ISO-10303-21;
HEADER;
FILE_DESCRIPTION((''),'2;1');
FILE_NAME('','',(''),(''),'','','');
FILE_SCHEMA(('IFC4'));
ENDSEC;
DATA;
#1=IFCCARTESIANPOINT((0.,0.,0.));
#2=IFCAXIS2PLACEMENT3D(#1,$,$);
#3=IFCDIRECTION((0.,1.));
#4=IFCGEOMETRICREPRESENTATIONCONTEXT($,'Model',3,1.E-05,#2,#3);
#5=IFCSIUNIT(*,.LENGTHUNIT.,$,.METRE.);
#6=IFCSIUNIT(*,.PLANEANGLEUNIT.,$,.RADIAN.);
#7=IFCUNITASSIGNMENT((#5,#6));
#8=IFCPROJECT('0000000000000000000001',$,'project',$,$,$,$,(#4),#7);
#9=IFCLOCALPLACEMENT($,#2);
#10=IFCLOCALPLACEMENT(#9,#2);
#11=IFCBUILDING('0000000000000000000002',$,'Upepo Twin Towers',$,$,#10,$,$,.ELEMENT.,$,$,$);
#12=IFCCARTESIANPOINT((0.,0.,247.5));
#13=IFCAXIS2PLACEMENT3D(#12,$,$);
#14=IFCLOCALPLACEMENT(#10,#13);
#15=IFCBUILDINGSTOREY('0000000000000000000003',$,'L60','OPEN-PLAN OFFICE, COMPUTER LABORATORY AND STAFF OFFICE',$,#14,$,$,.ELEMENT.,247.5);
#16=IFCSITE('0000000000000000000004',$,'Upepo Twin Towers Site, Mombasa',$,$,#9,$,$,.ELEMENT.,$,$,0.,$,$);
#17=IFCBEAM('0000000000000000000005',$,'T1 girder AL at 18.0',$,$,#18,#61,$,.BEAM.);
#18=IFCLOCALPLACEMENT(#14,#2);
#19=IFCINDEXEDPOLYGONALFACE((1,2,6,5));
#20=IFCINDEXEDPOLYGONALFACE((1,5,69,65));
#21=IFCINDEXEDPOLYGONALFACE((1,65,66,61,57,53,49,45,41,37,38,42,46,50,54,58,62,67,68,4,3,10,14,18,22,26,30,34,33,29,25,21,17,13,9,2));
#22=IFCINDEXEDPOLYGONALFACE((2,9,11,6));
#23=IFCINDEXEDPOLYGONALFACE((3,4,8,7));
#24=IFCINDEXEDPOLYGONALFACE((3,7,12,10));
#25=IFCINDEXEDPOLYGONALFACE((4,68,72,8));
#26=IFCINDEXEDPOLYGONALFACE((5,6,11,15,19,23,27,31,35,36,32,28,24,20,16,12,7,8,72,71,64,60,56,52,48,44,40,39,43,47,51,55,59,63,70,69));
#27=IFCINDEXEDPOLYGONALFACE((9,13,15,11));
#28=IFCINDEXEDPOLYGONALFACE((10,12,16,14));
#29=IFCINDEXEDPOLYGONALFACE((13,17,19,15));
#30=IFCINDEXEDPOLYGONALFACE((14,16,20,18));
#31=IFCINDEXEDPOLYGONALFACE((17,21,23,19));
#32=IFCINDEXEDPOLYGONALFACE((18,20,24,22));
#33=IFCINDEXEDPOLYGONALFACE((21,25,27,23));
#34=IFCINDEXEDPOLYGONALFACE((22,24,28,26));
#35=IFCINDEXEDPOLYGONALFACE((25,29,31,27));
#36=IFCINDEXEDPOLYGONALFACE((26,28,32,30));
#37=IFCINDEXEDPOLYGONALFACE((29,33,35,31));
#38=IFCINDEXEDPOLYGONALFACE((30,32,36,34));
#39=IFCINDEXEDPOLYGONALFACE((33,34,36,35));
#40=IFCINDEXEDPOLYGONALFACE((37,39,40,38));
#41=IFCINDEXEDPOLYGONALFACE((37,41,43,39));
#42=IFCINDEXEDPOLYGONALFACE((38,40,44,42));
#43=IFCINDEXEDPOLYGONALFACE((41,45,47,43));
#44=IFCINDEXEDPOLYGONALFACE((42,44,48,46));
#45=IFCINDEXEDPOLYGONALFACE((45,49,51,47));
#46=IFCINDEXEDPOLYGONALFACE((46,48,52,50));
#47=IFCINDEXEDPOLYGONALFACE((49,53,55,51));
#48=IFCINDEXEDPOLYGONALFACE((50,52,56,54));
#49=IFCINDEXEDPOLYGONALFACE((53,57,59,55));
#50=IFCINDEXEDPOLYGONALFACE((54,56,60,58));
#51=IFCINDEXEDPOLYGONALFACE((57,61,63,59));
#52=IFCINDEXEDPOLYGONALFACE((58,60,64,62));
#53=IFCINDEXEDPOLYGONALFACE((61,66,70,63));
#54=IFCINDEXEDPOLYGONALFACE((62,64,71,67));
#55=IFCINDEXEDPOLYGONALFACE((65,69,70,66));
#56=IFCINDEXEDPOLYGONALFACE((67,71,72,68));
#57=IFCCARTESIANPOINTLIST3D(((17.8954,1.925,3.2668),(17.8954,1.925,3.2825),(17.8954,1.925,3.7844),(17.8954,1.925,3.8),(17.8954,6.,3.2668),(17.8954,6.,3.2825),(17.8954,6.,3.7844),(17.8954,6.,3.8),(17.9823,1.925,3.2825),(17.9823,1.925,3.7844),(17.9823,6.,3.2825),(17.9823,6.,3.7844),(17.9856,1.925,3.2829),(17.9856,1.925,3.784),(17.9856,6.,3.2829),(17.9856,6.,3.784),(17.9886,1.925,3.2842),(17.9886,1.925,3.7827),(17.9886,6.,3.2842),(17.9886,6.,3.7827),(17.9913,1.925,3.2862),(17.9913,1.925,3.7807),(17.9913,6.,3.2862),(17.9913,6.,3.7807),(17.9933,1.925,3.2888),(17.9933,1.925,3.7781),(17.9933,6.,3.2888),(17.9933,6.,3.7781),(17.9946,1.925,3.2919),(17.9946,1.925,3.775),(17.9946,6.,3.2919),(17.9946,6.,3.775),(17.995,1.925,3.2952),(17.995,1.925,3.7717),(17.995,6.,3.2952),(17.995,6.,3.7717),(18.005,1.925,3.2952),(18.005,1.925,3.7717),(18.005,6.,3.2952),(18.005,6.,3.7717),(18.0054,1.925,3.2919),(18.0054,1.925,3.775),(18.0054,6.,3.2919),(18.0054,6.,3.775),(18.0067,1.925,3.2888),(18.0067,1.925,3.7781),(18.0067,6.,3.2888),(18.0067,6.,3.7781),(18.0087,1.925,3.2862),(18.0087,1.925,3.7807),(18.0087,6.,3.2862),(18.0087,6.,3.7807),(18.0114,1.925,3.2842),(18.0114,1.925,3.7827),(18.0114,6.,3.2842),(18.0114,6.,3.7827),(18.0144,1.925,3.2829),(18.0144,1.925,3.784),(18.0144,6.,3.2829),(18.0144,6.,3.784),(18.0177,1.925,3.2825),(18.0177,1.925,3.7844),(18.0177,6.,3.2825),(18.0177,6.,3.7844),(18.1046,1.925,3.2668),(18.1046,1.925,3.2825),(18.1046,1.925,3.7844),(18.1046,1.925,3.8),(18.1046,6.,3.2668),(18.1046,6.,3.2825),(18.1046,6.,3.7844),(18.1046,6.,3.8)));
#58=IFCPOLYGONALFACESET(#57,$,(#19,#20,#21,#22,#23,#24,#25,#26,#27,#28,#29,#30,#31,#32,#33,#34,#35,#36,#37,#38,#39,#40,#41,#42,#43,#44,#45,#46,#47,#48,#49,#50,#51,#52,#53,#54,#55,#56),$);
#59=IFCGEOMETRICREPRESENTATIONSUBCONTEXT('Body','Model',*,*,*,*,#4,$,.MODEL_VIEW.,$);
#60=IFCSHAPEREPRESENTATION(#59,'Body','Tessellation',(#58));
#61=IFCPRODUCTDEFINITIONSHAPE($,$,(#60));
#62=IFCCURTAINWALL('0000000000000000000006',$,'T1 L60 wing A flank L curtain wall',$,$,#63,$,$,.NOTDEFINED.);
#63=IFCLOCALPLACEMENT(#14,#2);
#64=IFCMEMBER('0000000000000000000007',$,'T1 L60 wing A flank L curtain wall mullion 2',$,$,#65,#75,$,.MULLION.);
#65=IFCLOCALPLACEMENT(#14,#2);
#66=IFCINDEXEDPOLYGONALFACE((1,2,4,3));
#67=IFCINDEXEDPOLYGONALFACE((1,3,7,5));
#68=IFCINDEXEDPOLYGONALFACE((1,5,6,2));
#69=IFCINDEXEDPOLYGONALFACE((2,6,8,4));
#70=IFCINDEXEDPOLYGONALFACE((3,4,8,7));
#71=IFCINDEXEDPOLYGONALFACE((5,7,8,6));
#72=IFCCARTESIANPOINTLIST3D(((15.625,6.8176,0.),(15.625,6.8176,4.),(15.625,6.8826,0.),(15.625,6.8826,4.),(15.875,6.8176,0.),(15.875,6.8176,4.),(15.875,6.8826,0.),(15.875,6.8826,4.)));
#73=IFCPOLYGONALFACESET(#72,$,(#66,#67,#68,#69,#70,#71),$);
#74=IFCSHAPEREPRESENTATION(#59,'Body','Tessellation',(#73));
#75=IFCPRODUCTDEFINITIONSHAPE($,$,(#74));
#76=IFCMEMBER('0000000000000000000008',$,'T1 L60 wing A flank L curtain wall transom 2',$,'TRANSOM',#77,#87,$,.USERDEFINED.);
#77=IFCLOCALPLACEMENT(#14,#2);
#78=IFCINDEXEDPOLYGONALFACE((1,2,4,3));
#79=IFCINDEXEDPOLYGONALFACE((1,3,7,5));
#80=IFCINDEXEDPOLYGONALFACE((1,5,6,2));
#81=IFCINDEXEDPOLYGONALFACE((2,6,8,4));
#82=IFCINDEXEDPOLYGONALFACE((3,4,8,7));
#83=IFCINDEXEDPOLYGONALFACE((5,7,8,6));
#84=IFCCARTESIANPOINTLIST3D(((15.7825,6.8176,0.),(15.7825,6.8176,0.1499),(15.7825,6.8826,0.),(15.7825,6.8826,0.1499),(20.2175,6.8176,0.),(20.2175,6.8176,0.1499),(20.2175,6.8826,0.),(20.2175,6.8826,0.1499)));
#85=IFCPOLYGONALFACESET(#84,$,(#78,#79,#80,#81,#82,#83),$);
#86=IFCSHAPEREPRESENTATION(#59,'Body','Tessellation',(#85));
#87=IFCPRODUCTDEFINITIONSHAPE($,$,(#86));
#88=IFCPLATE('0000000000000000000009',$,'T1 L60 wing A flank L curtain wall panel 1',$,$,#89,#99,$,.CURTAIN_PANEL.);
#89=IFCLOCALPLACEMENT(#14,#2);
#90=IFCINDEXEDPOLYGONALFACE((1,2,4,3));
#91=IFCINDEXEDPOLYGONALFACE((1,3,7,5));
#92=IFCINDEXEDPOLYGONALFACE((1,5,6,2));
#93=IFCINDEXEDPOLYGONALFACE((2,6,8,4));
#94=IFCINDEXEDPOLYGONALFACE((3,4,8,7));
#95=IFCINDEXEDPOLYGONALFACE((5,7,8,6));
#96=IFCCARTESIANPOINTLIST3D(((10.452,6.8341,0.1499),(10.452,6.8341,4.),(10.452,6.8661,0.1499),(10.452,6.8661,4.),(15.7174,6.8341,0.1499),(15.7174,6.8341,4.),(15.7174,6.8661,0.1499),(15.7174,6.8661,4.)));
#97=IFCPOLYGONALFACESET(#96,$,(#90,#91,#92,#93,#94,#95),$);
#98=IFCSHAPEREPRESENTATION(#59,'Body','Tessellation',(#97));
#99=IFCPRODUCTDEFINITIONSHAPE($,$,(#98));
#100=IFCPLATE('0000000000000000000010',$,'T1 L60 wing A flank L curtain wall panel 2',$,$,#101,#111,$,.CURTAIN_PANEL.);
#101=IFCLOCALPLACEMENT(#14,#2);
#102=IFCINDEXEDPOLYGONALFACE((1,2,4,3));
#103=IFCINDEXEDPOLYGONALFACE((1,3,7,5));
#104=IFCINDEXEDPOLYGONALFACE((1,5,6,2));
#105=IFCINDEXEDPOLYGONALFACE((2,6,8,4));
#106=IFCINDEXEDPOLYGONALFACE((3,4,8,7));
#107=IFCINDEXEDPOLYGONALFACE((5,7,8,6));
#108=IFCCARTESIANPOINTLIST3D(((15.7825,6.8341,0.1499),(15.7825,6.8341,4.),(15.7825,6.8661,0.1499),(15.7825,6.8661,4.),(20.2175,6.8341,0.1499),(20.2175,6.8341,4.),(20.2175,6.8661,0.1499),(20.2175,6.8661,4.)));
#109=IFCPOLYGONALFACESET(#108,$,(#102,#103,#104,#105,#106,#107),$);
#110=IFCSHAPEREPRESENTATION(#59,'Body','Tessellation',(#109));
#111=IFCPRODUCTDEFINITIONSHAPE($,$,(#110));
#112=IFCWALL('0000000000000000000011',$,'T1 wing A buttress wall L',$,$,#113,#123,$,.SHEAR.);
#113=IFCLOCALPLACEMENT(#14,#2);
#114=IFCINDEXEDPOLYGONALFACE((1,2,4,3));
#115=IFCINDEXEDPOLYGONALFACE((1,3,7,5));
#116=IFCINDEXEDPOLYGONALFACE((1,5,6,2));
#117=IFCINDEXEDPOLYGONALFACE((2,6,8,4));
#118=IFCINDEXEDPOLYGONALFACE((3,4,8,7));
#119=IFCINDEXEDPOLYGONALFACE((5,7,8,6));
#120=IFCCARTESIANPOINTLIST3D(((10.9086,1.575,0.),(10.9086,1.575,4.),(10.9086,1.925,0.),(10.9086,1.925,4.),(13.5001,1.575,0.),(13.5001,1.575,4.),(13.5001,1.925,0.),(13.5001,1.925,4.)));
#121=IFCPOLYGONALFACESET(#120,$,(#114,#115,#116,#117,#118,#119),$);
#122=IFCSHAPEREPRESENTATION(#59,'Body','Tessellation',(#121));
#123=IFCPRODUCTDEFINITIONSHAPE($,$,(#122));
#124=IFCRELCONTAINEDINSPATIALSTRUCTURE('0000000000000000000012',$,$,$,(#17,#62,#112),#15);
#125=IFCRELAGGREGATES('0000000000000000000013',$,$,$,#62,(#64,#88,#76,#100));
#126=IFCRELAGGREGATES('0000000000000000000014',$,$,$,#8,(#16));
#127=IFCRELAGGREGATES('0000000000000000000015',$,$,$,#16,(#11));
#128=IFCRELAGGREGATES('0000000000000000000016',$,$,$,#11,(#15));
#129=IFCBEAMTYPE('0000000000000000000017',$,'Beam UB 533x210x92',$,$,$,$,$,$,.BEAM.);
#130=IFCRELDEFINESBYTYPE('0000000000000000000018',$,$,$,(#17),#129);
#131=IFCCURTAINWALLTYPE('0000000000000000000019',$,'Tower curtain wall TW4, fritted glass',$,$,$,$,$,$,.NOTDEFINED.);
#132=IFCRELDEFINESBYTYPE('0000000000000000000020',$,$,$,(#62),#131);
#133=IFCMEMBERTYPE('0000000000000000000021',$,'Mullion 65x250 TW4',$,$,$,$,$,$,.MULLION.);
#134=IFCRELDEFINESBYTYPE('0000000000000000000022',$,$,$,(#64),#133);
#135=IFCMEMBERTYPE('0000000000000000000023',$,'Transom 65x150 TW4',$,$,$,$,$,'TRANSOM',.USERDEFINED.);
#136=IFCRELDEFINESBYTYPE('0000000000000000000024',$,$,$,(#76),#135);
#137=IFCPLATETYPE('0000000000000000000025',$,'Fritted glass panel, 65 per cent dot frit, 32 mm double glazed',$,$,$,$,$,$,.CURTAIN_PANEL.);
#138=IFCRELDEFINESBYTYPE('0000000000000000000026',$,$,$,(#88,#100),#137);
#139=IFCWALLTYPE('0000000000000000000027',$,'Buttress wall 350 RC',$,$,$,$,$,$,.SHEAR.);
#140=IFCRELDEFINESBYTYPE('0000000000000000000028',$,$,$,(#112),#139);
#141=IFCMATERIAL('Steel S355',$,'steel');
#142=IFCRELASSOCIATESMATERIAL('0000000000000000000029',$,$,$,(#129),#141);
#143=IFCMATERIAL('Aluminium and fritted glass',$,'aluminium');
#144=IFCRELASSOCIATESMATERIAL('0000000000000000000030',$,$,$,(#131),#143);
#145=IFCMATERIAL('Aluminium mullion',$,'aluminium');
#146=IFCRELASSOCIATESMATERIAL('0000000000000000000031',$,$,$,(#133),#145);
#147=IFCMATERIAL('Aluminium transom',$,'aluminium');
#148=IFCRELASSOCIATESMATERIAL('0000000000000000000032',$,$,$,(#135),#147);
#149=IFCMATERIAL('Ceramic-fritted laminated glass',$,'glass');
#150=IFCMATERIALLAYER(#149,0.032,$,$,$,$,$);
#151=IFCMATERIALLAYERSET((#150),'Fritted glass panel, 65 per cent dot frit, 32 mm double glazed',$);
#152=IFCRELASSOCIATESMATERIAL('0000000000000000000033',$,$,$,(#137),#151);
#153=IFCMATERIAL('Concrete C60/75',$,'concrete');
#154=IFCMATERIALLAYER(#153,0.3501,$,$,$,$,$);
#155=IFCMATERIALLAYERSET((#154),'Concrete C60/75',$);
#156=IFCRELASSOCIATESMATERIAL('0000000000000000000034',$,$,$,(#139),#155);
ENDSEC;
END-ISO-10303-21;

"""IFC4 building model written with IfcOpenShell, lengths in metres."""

from ifc_helpers import new_model, si_unit, direction, frame, frame_2d, origin, origin_2d, place, context, subcontext, project, spatial, rectangle, i_section, extrude, material, layer, layer_set, material_profile, profile_set, type_object, element, aggregate, save


model = new_model("IFC4")

# Units and contexts
model_context = context("Model", 3, precision=1e-05, world=origin(), true_north=direction((0.0, 1.0)))
body_context = subcontext(model_context, "Body", "Model", "MODEL_VIEW")
ifc_project = project(units=[si_unit("LENGTHUNIT", "METRE"), si_unit("PLANEANGLEUNIT", "RADIAN")], contexts=[model_context])

# Site, building, storey
site_placement = place(None, origin())
site = spatial("IfcSite", under=ifc_project, at=site_placement, Name="Upepo Twin Towers Site, Mombasa", CompositionType="ELEMENT", RefElevation=0.0)
building_placement = place(site_placement, origin())
building = spatial("IfcBuilding", under=site, at=building_placement, Name="Upepo Twin Towers", CompositionType="ELEMENT")
storey_placement = place(building_placement, frame((0.0, 0.0, 247.5)))
storey = spatial("IfcBuildingStorey", under=building, at=storey_placement, Name="L60", Description="OPEN-PLAN OFFICE, COMPUTER LABORATORY AND STAFF OFFICE", CompositionType="ELEMENT", Elevation=247.5)

# Beam
ifc_material_1 = material(Name="Steel S355", Category="steel")
ifc_material_profile_1 = material_profile(ifc_material_1, i_section(OverallWidth=0.2092, OverallDepth=0.5332, WebThickness=0.01, FlangeThickness=0.0156, FilletRadius=0.0127, at=origin_2d()), Name="UB 533x210x92")
ifc_profile_set_1 = profile_set([ifc_material_profile_1], Name="Steel S355")
beam_type_1 = type_object("IfcBeamType", Name="Beam UB 533x210x92", PredefinedType="BEAM", material=ifc_profile_set_1)
for number, where, z_axis, x_axis, name in (
    (1, (18.0, 6.0, 3.5334), (0.0, -1.0, 0.0), (1.0, 0.0, 0.0), "T1 girder AL at 18.0"),
):
    element("IfcBeam", number, at=place(storey_placement, frame(where, z_axis=z_axis, x_axis=x_axis)), inside=storey, type_object=beam_type_1, Name=name, PredefinedType="BEAM", context=body_context, shape_type="SweptSolid", body=[
        extrude(i_section(OverallWidth=0.2092, OverallDepth=0.5332, WebThickness=0.01, FlangeThickness=0.0156, FilletRadius=0.0127, at=origin_2d()), origin(), (0.0, 0.0, 1.0), 4.075),
    ])

# Curtain wall, members, plates
ifc_material_2 = material(Name="Aluminium and fritted glass", Category="aluminium")
curtain_wall_type = type_object("IfcCurtainWallType", Name="Tower curtain wall TW4, fritted glass", PredefinedType="NOTDEFINED", material=ifc_material_2)
curtain_wall_placement = place(storey_placement, origin())
curtain_wall = element("IfcCurtainWall", 2, at=curtain_wall_placement, inside=storey, type_object=curtain_wall_type, Name="T1 L60 wing A flank L curtain wall", PredefinedType="NOTDEFINED")
ifc_material_3 = material(Name="Aluminium mullion", Category="aluminium")
ifc_material_profile_2 = material_profile(ifc_material_3, rectangle(XDim=0.0649, YDim=0.25, at=origin_2d()), Name="MULLION 65x250")
ifc_profile_set_2 = profile_set([ifc_material_profile_2], Name="Aluminium mullion")
member_type_1 = type_object("IfcMemberType", Name="Mullion 65x250 TW4", PredefinedType="MULLION", material=ifc_profile_set_2)
member_1_placement = place(storey_placement, frame((15.75, 6.8501, 0.0), z_axis=(0.0, 0.0, 1.0), x_axis=(0.0, 1.0, 0.0)))
member_1 = element("IfcMember", 3, at=member_1_placement, type_object=member_type_1, Name="T1 L60 wing A flank L curtain wall mullion 2", PredefinedType="MULLION", context=body_context, shape_type="SweptSolid", body=[
    extrude(rectangle(XDim=0.0649, YDim=0.25, at=origin_2d()), origin(), (0.0, 0.0, 1.0), 4.0),
])
ifc_material_4 = material(Name="Aluminium transom", Category="aluminium")
ifc_material_profile_3 = material_profile(ifc_material_4, rectangle(XDim=0.0649, YDim=0.1499, at=origin_2d()), Name="TRANSOM 65x150")
ifc_profile_set_3 = profile_set([ifc_material_profile_3], Name="Aluminium transom")
member_type_2 = type_object("IfcMemberType", Name="Transom 65x150 TW4", ElementType="TRANSOM", PredefinedType="USERDEFINED", material=ifc_profile_set_3)
member_2_placement = place(storey_placement, frame((15.7825, 6.8501, 0.075), z_axis=(1.0, 0.0, 0.0), x_axis=(0.0, 1.0, 0.0)))
member_2 = element("IfcMember", 4, at=member_2_placement, type_object=member_type_2, Name="T1 L60 wing A flank L curtain wall transom 2", ObjectType="TRANSOM", PredefinedType="USERDEFINED", context=body_context, shape_type="SweptSolid", body=[
    extrude(rectangle(XDim=0.0649, YDim=0.1499, at=origin_2d()), origin(), (0.0, 0.0, 1.0), 4.4351),
])
ifc_material_5 = material(Name="Ceramic-fritted laminated glass", Category="glass")
ifc_layer_1 = layer(ifc_material_5, 0.032)
ifc_layer_set_1 = layer_set([ifc_layer_1], Name="Fritted glass panel, 65 per cent dot frit, 32 mm double glazed")
plate_type = type_object("IfcPlateType", Name="Fritted glass panel, 65 per cent dot frit, 32 mm double glazed", PredefinedType="CURTAIN_PANEL", material=ifc_layer_set_1)
plate_1_placement = place(storey_placement, frame((13.0847, 6.8501, 0.1499), z_axis=(0.0, 0.0, 1.0), x_axis=(1.0, 0.0, 0.0)))
plate_1 = element("IfcPlate", 5, at=plate_1_placement, type_object=plate_type, Name="T1 L60 wing A flank L curtain wall panel 1", PredefinedType="CURTAIN_PANEL", context=body_context, shape_type="SweptSolid", body=[
    extrude(rectangle(XDim=5.2654, YDim=0.032, at=origin_2d()), origin(), (0.0, 0.0, 1.0), 3.8501),
])
plate_2_placement = place(storey_placement, frame((18.0, 6.8501, 0.1499), z_axis=(0.0, 0.0, 1.0), x_axis=(1.0, 0.0, 0.0)))
plate_2 = element("IfcPlate", 6, at=plate_2_placement, type_object=plate_type, Name="T1 L60 wing A flank L curtain wall panel 2", PredefinedType="CURTAIN_PANEL", context=body_context, shape_type="SweptSolid", body=[
    extrude(rectangle(XDim=4.4351, YDim=0.032, at=origin_2d()), origin(), (0.0, 0.0, 1.0), 3.8501),
])
aggregate(curtain_wall, [member_1, plate_1, member_2, plate_2])

# Wall
ifc_material_6 = material(Name="Concrete C60/75", Category="concrete")
ifc_layer_2 = layer(ifc_material_6, 0.3501)
ifc_layer_set_2 = layer_set([ifc_layer_2], Name="Concrete C60/75")
wall_type_1 = type_object("IfcWallType", Name="Buttress wall 350 RC", PredefinedType="SHEAR", material=ifc_layer_set_2)
wall_1_placement = place(storey_placement, frame((10.9084, 1.75, 0.0), z_axis=(0.0, 0.0, 1.0), x_axis=(1.0, 0.0, 0.0)))
element("IfcWall", 7, at=wall_1_placement, inside=storey, type_object=wall_type_1, Name="T1 wing A buttress wall L", PredefinedType="SHEAR", context=body_context, shape_type="SweptSolid", body=[
    extrude(rectangle(XDim=2.5916, YDim=0.3501, at=frame_2d((1.2959, 0.0))), origin(), (0.0, 0.0, 1.0), 4.0),
])

save(model, "model.ifc")
